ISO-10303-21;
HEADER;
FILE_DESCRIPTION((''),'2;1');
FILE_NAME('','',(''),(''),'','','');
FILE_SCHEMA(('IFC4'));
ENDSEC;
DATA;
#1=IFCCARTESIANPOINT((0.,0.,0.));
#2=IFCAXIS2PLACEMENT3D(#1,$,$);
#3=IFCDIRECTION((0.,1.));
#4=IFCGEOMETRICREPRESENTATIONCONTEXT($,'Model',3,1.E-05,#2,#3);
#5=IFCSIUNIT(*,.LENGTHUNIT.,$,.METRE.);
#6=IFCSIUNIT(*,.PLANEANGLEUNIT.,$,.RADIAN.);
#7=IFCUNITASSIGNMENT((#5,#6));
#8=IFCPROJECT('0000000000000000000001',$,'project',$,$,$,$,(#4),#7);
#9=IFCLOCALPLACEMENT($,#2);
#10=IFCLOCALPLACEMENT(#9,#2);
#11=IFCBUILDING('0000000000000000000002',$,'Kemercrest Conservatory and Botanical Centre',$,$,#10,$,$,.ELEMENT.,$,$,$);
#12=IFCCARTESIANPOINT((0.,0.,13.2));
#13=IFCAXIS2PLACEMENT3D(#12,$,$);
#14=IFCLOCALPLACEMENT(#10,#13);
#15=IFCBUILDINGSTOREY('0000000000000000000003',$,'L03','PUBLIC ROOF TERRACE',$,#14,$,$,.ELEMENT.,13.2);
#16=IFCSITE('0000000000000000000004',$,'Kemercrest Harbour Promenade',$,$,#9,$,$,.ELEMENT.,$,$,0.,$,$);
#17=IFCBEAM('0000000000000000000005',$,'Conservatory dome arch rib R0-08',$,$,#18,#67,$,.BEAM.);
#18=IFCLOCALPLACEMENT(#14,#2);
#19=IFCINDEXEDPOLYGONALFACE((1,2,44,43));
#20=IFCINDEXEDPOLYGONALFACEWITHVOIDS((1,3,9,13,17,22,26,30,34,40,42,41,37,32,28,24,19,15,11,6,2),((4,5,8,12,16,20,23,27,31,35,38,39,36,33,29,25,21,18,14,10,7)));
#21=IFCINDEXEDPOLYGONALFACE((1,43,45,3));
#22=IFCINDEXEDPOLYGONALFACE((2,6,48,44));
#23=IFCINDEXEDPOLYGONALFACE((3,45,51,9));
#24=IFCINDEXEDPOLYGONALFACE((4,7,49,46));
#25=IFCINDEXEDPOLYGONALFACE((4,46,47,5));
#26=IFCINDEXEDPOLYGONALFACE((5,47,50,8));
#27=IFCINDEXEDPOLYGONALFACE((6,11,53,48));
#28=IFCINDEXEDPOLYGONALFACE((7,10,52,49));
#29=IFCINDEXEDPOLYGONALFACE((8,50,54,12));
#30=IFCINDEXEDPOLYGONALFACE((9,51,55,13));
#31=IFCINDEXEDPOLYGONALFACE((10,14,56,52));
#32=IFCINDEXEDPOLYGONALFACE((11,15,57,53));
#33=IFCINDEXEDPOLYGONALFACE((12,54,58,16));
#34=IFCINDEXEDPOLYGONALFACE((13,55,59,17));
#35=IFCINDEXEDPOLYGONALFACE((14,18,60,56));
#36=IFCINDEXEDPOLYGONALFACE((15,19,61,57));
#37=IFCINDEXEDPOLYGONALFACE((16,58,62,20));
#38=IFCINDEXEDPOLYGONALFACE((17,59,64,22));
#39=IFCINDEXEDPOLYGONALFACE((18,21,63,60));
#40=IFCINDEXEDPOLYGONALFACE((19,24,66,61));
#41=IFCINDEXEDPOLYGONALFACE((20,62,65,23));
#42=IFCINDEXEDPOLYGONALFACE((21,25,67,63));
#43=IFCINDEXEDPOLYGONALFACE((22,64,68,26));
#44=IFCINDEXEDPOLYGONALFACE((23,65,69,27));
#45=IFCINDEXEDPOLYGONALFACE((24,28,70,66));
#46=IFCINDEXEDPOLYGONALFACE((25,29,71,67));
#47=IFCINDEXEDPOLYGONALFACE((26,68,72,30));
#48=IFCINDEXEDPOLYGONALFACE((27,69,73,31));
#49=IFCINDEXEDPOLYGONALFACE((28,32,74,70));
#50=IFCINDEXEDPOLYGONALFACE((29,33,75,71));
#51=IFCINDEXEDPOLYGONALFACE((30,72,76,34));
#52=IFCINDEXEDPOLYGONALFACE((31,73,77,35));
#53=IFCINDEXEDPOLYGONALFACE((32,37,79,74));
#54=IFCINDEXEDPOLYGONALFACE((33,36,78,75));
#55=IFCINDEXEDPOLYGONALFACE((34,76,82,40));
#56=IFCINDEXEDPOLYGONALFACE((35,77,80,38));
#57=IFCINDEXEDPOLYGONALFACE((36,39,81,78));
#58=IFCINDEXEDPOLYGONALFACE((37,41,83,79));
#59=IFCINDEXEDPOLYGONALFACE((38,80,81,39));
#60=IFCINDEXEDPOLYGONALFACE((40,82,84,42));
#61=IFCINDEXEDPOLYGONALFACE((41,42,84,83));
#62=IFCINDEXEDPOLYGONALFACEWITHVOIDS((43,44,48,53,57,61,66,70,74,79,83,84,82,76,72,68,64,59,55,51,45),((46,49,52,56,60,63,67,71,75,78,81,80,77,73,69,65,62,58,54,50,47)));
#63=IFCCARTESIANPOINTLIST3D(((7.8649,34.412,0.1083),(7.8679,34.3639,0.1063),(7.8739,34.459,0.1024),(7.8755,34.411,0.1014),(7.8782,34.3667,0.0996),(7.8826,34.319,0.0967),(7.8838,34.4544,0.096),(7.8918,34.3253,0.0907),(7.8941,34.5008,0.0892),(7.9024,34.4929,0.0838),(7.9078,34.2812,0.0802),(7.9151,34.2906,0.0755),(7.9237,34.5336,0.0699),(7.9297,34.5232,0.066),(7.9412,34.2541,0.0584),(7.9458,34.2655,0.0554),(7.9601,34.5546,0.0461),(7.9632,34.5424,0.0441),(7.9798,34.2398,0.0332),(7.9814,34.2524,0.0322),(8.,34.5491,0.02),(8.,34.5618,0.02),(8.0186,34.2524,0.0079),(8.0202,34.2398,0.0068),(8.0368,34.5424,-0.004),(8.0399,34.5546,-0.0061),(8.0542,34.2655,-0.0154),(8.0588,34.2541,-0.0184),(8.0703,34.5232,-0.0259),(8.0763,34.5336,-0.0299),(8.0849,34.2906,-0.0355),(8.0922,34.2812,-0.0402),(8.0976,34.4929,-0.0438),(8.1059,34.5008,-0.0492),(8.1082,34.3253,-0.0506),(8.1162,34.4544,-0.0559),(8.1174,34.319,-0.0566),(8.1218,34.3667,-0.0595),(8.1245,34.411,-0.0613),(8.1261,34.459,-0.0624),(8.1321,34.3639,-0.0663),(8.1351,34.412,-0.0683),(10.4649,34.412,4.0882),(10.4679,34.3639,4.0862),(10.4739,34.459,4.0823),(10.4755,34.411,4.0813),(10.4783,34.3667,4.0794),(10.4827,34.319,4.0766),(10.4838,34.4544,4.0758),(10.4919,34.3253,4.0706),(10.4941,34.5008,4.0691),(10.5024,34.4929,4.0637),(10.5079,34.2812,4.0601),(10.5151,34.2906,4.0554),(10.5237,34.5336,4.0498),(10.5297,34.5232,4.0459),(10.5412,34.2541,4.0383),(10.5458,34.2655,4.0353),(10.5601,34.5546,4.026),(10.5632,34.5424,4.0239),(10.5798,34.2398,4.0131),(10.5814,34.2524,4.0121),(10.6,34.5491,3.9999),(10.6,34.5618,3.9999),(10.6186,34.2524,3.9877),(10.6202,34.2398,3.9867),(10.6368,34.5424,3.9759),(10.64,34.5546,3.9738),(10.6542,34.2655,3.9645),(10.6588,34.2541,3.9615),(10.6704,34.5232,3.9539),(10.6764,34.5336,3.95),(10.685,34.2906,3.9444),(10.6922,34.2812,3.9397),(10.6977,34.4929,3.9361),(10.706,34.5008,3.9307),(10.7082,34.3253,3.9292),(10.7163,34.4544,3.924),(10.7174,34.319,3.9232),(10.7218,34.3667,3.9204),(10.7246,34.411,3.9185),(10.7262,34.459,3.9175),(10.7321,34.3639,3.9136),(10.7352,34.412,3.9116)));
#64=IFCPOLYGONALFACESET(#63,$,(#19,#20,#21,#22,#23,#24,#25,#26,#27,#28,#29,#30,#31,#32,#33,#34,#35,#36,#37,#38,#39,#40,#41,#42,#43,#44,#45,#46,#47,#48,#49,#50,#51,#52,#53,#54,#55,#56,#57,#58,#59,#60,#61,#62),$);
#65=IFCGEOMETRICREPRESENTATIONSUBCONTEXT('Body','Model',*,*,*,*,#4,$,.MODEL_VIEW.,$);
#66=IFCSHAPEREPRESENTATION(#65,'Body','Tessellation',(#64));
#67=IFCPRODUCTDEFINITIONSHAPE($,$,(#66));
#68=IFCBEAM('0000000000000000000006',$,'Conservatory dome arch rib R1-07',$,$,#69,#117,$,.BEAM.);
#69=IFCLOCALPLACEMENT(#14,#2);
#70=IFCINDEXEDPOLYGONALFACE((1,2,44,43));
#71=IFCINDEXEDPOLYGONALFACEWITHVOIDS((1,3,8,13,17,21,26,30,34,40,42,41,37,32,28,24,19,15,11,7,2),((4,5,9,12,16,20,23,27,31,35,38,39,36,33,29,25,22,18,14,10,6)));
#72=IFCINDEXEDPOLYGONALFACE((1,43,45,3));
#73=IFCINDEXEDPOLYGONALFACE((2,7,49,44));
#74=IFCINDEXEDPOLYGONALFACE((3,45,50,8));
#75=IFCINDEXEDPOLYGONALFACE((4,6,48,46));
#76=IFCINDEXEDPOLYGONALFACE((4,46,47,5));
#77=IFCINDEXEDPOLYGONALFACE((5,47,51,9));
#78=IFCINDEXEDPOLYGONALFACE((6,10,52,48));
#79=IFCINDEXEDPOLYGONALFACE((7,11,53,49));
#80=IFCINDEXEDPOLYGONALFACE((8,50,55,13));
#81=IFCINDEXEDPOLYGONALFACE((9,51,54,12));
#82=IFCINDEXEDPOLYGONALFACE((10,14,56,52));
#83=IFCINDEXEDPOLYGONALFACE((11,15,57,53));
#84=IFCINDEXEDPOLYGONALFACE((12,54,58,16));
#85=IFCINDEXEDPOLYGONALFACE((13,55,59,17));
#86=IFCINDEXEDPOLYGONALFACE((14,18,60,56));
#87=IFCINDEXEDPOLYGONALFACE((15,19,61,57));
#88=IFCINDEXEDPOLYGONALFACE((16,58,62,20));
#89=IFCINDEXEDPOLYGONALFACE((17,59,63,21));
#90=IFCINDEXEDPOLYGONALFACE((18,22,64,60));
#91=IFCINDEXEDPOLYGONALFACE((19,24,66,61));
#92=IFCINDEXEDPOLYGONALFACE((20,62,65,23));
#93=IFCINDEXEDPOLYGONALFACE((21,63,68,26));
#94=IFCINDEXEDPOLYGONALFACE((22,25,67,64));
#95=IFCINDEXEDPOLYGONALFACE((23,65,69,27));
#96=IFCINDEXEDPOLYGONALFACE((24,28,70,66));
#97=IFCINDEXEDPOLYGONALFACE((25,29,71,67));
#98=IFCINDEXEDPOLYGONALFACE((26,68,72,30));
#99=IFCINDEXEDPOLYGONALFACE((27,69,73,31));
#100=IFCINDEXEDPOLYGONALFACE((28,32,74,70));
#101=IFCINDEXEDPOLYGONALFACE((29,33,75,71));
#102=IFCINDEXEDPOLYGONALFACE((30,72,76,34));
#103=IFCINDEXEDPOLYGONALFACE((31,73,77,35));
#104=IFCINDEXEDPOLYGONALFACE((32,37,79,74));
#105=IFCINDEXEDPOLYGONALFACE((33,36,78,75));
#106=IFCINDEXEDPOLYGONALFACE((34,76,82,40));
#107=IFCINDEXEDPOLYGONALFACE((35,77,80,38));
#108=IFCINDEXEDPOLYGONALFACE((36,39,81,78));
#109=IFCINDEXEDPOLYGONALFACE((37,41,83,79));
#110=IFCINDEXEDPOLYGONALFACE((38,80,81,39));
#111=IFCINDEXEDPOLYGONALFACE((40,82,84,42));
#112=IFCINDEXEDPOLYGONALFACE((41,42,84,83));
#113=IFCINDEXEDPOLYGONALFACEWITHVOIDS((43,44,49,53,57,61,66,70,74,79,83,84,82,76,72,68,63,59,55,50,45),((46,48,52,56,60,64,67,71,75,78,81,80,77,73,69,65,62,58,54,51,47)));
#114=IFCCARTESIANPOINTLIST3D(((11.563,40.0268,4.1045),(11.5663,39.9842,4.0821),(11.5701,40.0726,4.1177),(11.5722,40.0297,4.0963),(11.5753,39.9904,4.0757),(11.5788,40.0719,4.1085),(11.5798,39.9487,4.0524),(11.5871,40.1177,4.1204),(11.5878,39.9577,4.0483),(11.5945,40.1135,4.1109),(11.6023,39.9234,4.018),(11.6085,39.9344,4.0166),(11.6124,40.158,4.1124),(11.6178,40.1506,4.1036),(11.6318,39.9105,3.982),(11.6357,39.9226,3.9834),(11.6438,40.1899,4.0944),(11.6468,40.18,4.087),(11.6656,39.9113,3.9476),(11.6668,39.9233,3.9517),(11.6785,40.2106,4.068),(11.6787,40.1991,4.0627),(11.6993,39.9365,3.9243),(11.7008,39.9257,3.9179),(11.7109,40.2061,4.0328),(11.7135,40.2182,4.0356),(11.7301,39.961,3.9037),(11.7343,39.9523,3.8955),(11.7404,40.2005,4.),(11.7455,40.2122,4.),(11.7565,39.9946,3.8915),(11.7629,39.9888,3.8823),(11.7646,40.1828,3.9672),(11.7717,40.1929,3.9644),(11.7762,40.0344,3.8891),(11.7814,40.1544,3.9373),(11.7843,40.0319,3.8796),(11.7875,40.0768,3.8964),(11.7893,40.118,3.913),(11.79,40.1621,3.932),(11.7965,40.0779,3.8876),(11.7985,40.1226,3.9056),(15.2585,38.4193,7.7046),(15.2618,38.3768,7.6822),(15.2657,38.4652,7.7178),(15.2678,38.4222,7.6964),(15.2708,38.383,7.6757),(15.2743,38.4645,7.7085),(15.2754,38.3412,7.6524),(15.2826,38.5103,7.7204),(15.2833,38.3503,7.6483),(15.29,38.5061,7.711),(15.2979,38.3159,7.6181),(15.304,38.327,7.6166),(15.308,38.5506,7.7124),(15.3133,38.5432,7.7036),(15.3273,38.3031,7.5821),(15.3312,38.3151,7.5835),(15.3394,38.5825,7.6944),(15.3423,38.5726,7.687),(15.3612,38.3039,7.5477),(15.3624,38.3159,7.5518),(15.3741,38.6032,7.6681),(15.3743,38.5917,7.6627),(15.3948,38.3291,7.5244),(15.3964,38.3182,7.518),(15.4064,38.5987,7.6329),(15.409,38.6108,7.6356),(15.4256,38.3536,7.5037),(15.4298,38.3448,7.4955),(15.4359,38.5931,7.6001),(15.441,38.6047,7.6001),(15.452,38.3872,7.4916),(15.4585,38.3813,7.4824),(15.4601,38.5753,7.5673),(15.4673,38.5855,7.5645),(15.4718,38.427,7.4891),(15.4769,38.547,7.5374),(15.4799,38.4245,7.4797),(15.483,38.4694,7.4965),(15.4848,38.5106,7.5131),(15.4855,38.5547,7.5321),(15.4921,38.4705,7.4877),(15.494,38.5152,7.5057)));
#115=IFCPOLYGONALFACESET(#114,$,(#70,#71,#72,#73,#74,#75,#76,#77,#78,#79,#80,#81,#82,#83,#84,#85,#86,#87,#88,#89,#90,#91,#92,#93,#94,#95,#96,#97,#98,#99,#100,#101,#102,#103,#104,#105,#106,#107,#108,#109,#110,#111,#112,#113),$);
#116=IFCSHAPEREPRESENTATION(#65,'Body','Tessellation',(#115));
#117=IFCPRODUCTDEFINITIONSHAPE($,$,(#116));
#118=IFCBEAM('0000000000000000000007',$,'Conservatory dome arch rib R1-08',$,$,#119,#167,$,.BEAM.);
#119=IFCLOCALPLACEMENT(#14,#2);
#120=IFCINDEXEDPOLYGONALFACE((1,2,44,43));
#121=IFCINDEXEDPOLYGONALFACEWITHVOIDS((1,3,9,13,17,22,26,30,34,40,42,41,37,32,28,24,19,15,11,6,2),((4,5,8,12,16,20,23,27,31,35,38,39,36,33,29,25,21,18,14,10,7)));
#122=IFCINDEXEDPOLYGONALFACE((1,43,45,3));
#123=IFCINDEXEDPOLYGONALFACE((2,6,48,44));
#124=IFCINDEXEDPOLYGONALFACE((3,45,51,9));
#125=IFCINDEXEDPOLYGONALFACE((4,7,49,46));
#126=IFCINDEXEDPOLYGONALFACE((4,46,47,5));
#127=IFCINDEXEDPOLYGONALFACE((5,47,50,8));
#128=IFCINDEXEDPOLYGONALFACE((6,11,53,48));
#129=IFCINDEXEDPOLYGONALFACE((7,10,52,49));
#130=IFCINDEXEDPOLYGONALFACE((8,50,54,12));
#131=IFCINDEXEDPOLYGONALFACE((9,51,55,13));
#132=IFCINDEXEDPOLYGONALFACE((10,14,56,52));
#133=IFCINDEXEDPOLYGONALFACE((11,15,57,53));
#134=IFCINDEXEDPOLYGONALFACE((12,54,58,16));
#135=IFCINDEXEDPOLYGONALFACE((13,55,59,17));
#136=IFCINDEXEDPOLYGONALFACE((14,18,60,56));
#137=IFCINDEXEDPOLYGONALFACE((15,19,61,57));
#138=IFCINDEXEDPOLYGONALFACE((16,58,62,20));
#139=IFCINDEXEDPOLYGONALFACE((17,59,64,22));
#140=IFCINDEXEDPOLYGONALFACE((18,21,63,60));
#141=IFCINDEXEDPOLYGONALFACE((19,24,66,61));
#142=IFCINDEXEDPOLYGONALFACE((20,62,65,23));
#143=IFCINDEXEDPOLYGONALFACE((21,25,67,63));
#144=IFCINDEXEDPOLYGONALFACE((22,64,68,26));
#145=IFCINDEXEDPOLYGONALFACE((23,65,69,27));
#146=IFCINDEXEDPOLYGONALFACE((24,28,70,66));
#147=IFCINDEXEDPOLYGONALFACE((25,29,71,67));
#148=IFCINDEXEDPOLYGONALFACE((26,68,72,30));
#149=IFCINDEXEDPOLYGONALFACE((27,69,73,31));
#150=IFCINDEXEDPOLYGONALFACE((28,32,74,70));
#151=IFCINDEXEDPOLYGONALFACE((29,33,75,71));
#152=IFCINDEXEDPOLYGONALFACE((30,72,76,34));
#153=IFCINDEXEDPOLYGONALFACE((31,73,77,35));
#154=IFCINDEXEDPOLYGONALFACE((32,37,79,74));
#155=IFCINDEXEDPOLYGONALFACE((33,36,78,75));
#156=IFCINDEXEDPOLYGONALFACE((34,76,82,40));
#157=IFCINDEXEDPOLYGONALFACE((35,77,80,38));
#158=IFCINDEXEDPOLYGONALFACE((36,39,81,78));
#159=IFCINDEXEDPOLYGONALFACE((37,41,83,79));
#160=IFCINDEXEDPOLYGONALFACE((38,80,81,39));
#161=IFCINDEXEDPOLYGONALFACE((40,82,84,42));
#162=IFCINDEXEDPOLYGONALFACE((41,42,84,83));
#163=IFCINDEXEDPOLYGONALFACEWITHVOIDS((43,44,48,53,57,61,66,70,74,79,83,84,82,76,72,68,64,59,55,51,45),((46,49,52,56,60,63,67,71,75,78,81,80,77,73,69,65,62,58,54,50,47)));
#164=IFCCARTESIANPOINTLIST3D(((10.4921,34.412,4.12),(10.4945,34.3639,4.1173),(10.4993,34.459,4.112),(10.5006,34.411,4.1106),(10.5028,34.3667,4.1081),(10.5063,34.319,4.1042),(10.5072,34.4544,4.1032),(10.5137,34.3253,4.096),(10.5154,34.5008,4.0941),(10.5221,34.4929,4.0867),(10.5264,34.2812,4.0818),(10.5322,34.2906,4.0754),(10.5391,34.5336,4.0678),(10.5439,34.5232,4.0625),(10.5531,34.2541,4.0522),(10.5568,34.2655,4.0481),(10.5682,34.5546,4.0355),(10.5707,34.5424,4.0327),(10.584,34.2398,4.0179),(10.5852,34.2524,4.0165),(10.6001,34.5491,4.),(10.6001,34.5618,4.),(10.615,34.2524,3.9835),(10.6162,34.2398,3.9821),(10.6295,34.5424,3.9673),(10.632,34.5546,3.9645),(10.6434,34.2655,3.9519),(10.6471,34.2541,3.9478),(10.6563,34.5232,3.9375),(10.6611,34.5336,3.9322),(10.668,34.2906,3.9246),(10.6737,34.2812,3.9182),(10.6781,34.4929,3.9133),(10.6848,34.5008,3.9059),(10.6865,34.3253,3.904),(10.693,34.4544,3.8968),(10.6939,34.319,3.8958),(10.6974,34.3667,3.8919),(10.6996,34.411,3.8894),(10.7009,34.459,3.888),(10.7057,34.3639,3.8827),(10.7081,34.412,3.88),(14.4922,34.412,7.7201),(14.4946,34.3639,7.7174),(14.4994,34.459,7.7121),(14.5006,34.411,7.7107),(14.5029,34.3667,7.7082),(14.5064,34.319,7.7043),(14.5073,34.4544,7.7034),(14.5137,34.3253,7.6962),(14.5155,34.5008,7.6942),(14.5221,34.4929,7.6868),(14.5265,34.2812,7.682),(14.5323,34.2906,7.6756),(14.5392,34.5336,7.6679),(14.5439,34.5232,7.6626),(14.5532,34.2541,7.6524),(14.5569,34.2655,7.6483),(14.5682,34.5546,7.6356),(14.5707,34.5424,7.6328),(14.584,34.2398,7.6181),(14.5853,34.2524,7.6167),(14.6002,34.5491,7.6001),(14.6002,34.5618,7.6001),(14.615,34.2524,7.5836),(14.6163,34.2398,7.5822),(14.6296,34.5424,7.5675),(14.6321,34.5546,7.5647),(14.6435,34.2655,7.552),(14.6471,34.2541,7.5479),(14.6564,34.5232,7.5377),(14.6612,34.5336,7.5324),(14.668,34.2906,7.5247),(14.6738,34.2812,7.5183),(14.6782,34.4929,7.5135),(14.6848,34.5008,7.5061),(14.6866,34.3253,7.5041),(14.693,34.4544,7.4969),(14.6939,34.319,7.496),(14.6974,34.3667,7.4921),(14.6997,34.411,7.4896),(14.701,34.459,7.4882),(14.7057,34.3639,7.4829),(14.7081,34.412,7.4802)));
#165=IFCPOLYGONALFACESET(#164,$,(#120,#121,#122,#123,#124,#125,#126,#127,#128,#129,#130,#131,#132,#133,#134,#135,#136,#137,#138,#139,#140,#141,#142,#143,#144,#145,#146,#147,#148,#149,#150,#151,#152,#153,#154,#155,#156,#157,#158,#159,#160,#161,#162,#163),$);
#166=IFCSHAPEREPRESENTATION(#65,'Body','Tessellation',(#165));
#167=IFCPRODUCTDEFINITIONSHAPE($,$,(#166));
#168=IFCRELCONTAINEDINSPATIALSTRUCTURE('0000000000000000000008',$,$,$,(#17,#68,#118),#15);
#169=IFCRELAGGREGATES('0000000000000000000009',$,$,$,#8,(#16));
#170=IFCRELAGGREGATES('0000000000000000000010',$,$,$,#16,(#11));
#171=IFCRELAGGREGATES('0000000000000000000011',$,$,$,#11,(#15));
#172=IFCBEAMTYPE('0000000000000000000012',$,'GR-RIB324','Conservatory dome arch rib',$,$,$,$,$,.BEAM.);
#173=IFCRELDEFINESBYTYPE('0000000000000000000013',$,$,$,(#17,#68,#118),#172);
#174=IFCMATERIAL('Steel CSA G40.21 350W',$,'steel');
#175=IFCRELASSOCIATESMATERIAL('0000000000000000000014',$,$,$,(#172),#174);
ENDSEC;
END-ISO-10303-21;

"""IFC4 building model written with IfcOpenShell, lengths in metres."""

from ifc_helpers import new_model, si_unit, direction, frame, origin, origin_2d, place, context, subcontext, project, spatial, hollow_circle, extrude, material, material_profile, profile_set, type_object, element, save


model = new_model("IFC4")

# Units and contexts
model_context = context("Model", 3, precision=1e-05, world=origin(), true_north=direction((0.0, 1.0)))
body_context = subcontext(model_context, "Body", "Model", "MODEL_VIEW")
ifc_project = project(units=[si_unit("LENGTHUNIT", "METRE"), si_unit("PLANEANGLEUNIT", "RADIAN")], contexts=[model_context])

# Site, building, storey
site_placement = place(None, origin())
site = spatial("IfcSite", under=ifc_project, at=site_placement, Name="Kemercrest Harbour Promenade", CompositionType="ELEMENT", RefElevation=0.0)
building_placement = place(site_placement, origin())
building = spatial("IfcBuilding", under=site, at=building_placement, Name="Kemercrest Conservatory and Botanical Centre", CompositionType="ELEMENT")
storey_placement = place(building_placement, frame((0.0, 0.0, 13.2)))
storey = spatial("IfcBuildingStorey", under=building, at=storey_placement, Name="L03", Description="PUBLIC ROOF TERRACE", CompositionType="ELEMENT", Elevation=13.2)

# Beams
ifc_material_1 = material(Name="Steel CSA G40.21 350W", Category="steel")
ifc_material_profile_1 = material_profile(ifc_material_1, hollow_circle(Radius=0.1619, WallThickness=0.0127, at=origin_2d()), Name="CHS 323.9x12.7")
ifc_profile_set_1 = profile_set([ifc_material_profile_1], Name="Steel CSA G40.21 350W")
beam_type_1 = type_object("IfcBeamType", Name="GR-RIB324", Description="Conservatory dome arch rib", PredefinedType="BEAM", material=ifc_profile_set_1)
beam_1_placement = place(storey_placement, frame((8.0, 34.3999, 0.02), z_axis=(0.546926, 0.0, 0.837181), x_axis=(0.0, 1.0, 0.0)))
element("IfcBeam", 1, at=beam_1_placement, inside=storey, type_object=beam_type_1, Name="Conservatory dome arch rib R0-08", PredefinedType="BEAM", context=body_context, shape_type="SweptSolid", body=[
    extrude(hollow_circle(Radius=0.1619, WallThickness=0.0127, at=origin_2d()), origin(), (0.0, 0.0, 1.0), 4.7539),
])
beam_2_placement = place(storey_placement, frame((11.6809, 40.0637, 4.0), z_axis=(0.683874, -0.297458, 0.666209), x_axis=(0.398863, 0.91701, 0.0)))
element("IfcBeam", 2, at=beam_2_placement, inside=storey, type_object=beam_type_1, Name="Conservatory dome arch rib R1-07", PredefinedType="BEAM", context=body_context, shape_type="SweptSolid", body=[
    extrude(hollow_circle(Radius=0.1619, WallThickness=0.0127, at=origin_2d()), origin(), (0.0, 0.0, 1.0), 5.4038),
])
beam_3_placement = place(storey_placement, frame((10.6001, 34.3999, 4.0), z_axis=(0.743285, 0.0, 0.668975), x_axis=(0.0, 1.0, 0.0)))
element("IfcBeam", 3, at=beam_3_placement, inside=storey, type_object=beam_type_1, Name="Conservatory dome arch rib R1-08", PredefinedType="BEAM", context=body_context, shape_type="SweptSolid", body=[
    extrude(hollow_circle(Radius=0.1619, WallThickness=0.0127, at=origin_2d()), origin(), (0.0, 0.0, 1.0), 5.3816),
])

save(model, "model.ifc")
